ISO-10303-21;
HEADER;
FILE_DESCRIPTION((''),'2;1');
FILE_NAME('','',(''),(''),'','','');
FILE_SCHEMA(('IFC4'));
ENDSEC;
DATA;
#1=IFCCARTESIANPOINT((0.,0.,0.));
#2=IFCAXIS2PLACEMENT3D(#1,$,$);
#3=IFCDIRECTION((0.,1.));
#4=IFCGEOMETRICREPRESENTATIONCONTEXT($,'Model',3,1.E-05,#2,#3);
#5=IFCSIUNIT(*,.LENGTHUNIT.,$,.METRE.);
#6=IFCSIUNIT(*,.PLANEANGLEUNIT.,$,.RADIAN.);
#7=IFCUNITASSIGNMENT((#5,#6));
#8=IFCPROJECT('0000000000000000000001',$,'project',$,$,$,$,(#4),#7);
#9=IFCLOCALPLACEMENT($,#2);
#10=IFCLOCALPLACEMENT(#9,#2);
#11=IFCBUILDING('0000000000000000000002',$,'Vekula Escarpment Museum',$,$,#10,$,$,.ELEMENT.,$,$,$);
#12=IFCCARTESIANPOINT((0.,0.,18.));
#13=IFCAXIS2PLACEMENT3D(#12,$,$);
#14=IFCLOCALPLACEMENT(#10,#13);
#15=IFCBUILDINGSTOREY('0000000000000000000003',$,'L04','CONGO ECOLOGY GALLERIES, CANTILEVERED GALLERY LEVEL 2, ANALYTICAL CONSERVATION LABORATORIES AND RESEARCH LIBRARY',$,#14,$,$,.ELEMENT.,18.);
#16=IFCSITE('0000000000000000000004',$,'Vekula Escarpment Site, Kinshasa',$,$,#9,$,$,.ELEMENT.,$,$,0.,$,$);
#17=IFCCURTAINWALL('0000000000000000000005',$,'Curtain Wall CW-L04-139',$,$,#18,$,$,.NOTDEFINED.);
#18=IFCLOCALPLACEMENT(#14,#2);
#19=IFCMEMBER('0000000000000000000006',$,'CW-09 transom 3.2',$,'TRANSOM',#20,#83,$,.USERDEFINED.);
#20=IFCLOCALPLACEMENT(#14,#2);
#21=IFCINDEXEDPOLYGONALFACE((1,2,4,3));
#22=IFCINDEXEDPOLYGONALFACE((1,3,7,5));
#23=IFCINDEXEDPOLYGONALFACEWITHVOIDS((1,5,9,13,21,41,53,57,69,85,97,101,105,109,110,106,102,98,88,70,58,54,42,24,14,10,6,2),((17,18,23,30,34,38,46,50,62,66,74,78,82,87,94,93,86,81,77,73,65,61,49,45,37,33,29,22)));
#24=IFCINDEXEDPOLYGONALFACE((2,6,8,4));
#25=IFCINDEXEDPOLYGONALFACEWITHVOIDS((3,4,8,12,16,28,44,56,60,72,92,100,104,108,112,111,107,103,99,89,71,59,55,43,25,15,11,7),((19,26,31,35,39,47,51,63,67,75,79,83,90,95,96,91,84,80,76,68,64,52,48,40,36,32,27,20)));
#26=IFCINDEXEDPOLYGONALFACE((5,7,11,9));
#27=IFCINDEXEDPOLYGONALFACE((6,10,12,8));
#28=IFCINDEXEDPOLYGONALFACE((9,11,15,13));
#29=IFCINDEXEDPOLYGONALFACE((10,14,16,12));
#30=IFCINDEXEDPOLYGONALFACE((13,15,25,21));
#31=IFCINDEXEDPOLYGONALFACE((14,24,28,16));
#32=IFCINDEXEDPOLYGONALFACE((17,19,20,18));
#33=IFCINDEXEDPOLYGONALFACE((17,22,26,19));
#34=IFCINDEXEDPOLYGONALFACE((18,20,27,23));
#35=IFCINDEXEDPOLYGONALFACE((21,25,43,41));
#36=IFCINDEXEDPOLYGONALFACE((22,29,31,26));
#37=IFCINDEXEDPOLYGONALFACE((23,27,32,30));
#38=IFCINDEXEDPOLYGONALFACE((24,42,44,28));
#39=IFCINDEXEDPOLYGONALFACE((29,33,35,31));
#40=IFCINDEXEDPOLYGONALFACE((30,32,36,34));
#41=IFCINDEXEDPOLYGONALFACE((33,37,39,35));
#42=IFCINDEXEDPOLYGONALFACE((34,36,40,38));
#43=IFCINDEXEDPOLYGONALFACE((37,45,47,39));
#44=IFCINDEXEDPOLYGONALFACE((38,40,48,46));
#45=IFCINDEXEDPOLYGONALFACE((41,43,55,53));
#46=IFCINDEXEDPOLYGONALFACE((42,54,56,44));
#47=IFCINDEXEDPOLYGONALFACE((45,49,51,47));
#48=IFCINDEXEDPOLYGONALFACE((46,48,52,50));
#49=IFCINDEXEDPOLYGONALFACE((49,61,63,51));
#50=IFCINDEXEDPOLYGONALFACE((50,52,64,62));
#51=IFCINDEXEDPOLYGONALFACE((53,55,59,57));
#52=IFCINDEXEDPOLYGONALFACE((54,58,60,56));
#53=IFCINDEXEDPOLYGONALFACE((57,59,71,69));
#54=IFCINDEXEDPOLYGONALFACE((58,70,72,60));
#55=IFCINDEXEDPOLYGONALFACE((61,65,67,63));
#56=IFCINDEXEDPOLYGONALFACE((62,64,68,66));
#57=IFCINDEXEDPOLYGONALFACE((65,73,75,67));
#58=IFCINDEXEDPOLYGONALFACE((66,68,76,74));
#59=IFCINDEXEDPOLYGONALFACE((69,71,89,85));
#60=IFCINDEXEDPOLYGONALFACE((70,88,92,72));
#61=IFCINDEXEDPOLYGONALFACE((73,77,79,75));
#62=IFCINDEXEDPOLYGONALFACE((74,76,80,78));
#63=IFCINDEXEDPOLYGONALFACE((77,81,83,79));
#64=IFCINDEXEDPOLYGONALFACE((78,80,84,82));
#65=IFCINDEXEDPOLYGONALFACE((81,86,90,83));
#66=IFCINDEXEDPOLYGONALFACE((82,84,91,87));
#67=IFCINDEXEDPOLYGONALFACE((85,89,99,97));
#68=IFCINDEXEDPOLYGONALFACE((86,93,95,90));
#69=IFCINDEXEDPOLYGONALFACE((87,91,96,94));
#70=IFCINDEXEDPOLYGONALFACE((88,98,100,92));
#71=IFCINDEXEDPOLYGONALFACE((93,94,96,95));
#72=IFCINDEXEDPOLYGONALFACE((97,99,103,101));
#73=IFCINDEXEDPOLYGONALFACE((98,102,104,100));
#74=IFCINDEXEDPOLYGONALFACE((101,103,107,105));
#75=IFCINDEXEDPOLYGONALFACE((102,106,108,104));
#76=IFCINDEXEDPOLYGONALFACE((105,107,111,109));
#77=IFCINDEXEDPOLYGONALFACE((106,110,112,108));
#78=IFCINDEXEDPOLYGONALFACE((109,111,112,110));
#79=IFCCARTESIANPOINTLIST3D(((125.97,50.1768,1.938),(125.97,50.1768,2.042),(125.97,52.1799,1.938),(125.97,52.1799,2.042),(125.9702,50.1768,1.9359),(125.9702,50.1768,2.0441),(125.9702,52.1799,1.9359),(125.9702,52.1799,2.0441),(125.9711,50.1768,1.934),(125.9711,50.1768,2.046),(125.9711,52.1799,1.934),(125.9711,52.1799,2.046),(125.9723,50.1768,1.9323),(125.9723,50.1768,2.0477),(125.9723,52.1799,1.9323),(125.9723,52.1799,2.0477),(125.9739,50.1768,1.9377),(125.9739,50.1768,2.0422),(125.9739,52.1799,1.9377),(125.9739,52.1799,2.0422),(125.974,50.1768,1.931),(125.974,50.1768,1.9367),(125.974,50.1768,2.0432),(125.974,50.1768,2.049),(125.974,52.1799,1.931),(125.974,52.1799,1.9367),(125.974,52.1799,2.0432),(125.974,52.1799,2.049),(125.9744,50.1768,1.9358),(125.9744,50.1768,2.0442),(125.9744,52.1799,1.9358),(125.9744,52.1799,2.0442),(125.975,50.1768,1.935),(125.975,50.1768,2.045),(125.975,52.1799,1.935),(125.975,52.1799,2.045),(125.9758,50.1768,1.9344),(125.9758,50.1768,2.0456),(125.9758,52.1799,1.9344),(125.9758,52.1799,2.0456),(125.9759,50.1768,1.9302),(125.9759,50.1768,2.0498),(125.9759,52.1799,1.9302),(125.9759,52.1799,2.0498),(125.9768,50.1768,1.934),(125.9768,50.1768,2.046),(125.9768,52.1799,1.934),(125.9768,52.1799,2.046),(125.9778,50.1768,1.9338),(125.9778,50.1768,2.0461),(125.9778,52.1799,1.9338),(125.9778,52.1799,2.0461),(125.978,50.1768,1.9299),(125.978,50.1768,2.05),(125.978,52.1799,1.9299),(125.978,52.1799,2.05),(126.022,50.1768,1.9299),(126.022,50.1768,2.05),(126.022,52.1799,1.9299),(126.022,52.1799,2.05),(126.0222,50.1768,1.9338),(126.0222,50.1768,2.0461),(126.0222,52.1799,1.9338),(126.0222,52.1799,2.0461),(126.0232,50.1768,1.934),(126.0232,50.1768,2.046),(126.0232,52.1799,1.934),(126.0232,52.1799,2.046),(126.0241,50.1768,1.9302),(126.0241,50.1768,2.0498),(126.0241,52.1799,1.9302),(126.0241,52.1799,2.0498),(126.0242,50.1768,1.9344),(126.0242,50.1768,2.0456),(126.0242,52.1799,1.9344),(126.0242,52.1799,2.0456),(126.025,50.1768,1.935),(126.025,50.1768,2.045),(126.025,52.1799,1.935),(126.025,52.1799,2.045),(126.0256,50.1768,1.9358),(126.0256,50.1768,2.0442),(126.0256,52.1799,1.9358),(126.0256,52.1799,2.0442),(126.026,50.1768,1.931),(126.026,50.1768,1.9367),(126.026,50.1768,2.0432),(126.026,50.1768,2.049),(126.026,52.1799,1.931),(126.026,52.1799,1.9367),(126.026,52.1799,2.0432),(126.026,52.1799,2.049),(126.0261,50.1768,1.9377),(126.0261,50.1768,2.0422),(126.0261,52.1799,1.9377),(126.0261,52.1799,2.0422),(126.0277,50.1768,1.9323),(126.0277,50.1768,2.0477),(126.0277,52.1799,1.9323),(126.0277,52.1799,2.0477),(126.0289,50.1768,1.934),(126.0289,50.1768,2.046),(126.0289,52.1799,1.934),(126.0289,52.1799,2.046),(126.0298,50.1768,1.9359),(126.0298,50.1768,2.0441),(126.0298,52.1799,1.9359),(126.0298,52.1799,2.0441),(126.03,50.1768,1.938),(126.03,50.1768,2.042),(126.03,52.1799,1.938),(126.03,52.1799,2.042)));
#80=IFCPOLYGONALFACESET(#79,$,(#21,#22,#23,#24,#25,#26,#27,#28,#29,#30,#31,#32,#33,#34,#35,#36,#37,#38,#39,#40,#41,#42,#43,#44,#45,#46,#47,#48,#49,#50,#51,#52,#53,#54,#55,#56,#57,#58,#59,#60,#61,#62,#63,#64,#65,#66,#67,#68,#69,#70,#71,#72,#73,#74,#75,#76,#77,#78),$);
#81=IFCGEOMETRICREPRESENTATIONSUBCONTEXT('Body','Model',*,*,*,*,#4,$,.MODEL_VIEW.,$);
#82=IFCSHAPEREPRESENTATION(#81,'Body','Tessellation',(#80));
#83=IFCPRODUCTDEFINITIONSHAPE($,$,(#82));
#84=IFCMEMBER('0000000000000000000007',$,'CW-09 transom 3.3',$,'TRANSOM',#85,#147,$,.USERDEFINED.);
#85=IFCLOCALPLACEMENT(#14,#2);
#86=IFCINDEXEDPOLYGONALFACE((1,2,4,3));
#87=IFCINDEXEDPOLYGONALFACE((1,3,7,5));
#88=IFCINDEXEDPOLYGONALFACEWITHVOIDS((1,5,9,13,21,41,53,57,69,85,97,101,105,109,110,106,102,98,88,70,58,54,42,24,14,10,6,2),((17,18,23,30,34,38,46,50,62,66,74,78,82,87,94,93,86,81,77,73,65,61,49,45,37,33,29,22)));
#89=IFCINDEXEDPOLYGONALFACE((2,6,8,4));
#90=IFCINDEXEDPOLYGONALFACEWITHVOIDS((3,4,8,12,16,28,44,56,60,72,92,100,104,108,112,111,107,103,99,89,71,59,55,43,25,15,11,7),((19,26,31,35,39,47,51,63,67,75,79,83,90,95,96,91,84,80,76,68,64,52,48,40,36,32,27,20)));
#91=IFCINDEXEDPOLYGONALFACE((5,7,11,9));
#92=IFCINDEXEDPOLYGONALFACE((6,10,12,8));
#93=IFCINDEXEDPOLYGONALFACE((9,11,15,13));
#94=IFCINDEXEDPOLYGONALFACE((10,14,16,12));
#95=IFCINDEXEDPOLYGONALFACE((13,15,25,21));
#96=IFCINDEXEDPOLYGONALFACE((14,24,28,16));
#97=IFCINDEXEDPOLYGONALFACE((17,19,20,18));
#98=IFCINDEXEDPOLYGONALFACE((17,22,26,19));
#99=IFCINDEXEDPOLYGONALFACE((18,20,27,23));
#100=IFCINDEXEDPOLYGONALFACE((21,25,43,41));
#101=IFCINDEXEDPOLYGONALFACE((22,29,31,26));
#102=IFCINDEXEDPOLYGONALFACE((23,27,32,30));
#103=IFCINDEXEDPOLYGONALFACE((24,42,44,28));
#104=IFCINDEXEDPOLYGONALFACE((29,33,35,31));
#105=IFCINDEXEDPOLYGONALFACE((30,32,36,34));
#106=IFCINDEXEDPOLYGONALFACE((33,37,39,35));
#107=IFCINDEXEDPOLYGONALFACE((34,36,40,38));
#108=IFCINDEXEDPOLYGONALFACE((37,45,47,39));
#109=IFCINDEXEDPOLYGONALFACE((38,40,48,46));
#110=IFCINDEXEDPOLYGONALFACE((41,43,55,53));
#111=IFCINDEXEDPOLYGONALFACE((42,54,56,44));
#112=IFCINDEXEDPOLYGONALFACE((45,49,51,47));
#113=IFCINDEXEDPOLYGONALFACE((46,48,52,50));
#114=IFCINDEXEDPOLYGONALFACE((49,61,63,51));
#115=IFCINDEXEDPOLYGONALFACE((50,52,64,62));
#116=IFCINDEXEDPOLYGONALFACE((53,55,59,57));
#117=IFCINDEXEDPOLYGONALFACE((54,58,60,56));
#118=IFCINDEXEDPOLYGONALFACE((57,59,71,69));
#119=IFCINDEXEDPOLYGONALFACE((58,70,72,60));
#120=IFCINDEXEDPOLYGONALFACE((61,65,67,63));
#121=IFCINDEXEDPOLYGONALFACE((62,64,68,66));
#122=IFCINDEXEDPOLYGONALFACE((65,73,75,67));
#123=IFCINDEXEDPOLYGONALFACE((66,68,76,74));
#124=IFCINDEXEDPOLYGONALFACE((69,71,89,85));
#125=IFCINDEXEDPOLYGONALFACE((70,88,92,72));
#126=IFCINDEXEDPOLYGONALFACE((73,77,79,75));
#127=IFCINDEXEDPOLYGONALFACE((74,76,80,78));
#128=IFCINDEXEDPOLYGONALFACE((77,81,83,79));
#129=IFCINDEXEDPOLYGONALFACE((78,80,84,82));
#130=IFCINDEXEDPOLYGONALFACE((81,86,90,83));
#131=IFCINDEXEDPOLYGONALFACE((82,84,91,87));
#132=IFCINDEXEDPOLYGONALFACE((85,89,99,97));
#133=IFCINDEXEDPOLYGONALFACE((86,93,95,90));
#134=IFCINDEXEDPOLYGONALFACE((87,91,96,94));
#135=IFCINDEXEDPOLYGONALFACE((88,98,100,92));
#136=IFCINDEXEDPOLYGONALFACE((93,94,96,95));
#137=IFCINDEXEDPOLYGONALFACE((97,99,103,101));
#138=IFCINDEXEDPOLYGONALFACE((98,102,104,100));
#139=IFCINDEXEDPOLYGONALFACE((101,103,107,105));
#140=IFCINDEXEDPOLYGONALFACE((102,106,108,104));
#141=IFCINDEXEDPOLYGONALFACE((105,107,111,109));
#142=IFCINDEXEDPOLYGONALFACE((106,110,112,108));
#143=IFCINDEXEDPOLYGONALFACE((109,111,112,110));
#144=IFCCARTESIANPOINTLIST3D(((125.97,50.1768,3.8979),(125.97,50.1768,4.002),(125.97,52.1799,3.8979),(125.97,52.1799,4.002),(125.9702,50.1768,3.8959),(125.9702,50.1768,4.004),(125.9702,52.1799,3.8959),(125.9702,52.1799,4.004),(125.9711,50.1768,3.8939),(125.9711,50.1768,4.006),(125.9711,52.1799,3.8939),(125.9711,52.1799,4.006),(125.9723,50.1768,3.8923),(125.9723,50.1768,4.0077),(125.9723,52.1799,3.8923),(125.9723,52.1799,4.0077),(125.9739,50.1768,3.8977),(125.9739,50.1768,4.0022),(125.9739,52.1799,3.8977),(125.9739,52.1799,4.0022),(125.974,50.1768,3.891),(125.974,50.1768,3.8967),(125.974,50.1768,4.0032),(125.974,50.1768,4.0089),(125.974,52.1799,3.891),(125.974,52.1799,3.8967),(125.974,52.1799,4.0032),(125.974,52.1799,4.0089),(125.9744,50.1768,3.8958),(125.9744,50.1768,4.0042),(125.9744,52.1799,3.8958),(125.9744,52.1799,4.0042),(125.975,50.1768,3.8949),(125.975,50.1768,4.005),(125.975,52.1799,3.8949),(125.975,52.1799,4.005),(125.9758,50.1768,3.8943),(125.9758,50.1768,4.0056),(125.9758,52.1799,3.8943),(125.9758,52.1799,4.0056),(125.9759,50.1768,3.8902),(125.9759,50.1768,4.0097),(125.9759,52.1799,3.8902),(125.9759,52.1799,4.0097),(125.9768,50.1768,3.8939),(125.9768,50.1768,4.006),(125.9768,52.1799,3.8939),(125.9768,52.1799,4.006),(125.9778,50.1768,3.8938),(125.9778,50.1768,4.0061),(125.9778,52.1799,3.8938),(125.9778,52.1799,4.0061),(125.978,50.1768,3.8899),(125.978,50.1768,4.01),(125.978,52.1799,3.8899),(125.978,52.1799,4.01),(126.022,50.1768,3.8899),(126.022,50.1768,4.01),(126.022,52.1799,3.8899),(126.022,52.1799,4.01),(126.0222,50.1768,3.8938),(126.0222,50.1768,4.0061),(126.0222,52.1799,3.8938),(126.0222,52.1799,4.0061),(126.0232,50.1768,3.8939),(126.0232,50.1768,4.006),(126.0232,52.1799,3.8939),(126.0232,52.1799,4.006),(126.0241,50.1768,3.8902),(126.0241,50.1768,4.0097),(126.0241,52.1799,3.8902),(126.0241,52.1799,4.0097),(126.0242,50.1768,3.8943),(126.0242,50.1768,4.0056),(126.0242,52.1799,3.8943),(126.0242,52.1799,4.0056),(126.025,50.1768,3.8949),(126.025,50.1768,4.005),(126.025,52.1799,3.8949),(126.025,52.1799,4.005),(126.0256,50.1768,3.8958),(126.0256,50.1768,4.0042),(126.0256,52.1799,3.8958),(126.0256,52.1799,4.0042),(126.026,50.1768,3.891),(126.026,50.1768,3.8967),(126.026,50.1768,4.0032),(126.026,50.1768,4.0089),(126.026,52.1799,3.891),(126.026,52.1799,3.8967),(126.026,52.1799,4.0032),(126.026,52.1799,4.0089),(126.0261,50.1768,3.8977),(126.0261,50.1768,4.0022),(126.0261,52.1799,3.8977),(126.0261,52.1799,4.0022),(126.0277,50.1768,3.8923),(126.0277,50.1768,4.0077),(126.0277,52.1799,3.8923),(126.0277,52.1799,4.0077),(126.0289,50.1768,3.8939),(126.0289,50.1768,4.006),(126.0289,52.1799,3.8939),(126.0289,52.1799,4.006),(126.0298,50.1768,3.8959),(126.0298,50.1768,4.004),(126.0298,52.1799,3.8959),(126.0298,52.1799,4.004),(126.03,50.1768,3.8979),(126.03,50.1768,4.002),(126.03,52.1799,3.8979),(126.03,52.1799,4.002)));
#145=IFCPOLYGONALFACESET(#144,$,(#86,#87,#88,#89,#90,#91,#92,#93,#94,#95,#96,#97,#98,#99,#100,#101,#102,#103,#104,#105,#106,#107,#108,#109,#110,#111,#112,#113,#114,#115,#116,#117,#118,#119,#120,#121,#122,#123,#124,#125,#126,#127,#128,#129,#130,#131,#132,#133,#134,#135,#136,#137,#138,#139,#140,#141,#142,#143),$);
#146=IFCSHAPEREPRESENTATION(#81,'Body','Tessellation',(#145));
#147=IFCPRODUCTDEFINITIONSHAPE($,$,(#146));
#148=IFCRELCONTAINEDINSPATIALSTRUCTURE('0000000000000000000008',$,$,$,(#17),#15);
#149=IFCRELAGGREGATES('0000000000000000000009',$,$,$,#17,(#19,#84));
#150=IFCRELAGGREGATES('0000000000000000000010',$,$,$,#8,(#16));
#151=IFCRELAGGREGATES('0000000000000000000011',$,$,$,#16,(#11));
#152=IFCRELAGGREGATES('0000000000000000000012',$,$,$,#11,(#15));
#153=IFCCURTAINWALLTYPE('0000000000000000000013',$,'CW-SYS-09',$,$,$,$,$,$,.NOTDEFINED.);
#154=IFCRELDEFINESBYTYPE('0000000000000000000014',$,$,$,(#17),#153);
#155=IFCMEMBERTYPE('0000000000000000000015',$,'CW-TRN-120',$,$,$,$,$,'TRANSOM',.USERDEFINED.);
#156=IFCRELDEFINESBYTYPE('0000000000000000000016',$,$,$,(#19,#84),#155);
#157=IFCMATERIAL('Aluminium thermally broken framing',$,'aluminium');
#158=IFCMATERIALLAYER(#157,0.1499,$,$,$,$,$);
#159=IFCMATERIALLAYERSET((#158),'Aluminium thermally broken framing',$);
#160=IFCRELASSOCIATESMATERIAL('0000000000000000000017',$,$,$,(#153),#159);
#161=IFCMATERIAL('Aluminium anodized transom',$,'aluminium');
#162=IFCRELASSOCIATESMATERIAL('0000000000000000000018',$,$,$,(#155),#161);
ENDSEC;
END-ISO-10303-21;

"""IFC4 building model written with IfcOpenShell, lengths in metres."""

from ifc_helpers import new_model, si_unit, direction, frame, origin, origin_2d, place, context, subcontext, project, spatial, hollow_rectangle, extrude, material, layer, layer_set, material_profile, profile_set, type_object, element, aggregate, save


model = new_model("IFC4")

# Units and contexts
model_context = context("Model", 3, precision=1e-05, world=origin(), true_north=direction((0.0, 1.0)))
body_context = subcontext(model_context, "Body", "Model", "MODEL_VIEW")
ifc_project = project(units=[si_unit("LENGTHUNIT", "METRE"), si_unit("PLANEANGLEUNIT", "RADIAN")], contexts=[model_context])

# Site, building, storey
site_placement = place(None, origin())
site = spatial("IfcSite", under=ifc_project, at=site_placement, Name="Vekula Escarpment Site, Kinshasa", CompositionType="ELEMENT", RefElevation=0.0)
building_placement = place(site_placement, origin())
building = spatial("IfcBuilding", under=site, at=building_placement, Name="Vekula Escarpment Museum", CompositionType="ELEMENT")
storey_placement = place(building_placement, frame((0.0, 0.0, 18.0)))
storey = spatial("IfcBuildingStorey", under=building, at=storey_placement, Name="L04", Description="CONGO ECOLOGY GALLERIES, CANTILEVERED GALLERY LEVEL 2, ANALYTICAL CONSERVATION LABORATORIES AND RESEARCH LIBRARY", CompositionType="ELEMENT", Elevation=18.0)

# Curtain wall, members
ifc_material_1 = material(Name="Aluminium thermally broken framing", Category="aluminium")
ifc_layer_1 = layer(ifc_material_1, 0.1499)
ifc_layer_set_1 = layer_set([ifc_layer_1], Name="Aluminium thermally broken framing")
curtain_wall_type_1 = type_object("IfcCurtainWallType", Name="CW-SYS-09", PredefinedType="NOTDEFINED", material=ifc_layer_set_1)
curtain_wall_1_placement = place(storey_placement, origin())
curtain_wall_1 = element("IfcCurtainWall", 1, at=curtain_wall_1_placement, inside=storey, type_object=curtain_wall_type_1, Name="Curtain Wall CW-L04-139", PredefinedType="NOTDEFINED")
ifc_material_2 = material(Name="Aluminium anodized transom", Category="aluminium")
ifc_material_profile_1 = material_profile(ifc_material_2, hollow_rectangle(XDim=0.0601, YDim=0.1201, WallThickness=0.0039, InnerFilletRadius=0.0039, OuterFilletRadius=0.0081, at=origin_2d()), Name="ALU 120x60x4")
ifc_profile_set_1 = profile_set([ifc_material_profile_1], Name="Aluminium anodized transom")
member_type_1 = type_object("IfcMemberType", Name="CW-TRN-120", ElementType="TRANSOM", PredefinedType="USERDEFINED", material=ifc_profile_set_1)
member_1_placement = place(storey_placement, frame((126.0, 50.1768, 1.99), z_axis=(0.0, 1.0, 0.0), x_axis=(-1.0, 0.0, 0.0)))
member_1 = element("IfcMember", 2, at=member_1_placement, type_object=member_type_1, Name="CW-09 transom 3.2", ObjectType="TRANSOM", PredefinedType="USERDEFINED", context=body_context, shape_type="SweptSolid", body=[
    extrude(hollow_rectangle(XDim=0.0601, YDim=0.1201, WallThickness=0.0039, InnerFilletRadius=0.0039, OuterFilletRadius=0.0081, at=origin_2d()), origin(), (0.0, 0.0, 1.0), 2.0032),
])
member_2_placement = place(storey_placement, frame((126.0, 50.1768, 3.95), z_axis=(0.0, 1.0, 0.0), x_axis=(-1.0, 0.0, 0.0)))
member_2 = element("IfcMember", 3, at=member_2_placement, type_object=member_type_1, Name="CW-09 transom 3.3", ObjectType="TRANSOM", PredefinedType="USERDEFINED", context=body_context, shape_type="SweptSolid", body=[
    extrude(hollow_rectangle(XDim=0.0601, YDim=0.1201, WallThickness=0.0039, InnerFilletRadius=0.0039, OuterFilletRadius=0.0081, at=origin_2d()), origin(), (0.0, 0.0, 1.0), 2.0032),
])

aggregate(curtain_wall_1, [member_1, member_2])

save(model, "model.ifc")
